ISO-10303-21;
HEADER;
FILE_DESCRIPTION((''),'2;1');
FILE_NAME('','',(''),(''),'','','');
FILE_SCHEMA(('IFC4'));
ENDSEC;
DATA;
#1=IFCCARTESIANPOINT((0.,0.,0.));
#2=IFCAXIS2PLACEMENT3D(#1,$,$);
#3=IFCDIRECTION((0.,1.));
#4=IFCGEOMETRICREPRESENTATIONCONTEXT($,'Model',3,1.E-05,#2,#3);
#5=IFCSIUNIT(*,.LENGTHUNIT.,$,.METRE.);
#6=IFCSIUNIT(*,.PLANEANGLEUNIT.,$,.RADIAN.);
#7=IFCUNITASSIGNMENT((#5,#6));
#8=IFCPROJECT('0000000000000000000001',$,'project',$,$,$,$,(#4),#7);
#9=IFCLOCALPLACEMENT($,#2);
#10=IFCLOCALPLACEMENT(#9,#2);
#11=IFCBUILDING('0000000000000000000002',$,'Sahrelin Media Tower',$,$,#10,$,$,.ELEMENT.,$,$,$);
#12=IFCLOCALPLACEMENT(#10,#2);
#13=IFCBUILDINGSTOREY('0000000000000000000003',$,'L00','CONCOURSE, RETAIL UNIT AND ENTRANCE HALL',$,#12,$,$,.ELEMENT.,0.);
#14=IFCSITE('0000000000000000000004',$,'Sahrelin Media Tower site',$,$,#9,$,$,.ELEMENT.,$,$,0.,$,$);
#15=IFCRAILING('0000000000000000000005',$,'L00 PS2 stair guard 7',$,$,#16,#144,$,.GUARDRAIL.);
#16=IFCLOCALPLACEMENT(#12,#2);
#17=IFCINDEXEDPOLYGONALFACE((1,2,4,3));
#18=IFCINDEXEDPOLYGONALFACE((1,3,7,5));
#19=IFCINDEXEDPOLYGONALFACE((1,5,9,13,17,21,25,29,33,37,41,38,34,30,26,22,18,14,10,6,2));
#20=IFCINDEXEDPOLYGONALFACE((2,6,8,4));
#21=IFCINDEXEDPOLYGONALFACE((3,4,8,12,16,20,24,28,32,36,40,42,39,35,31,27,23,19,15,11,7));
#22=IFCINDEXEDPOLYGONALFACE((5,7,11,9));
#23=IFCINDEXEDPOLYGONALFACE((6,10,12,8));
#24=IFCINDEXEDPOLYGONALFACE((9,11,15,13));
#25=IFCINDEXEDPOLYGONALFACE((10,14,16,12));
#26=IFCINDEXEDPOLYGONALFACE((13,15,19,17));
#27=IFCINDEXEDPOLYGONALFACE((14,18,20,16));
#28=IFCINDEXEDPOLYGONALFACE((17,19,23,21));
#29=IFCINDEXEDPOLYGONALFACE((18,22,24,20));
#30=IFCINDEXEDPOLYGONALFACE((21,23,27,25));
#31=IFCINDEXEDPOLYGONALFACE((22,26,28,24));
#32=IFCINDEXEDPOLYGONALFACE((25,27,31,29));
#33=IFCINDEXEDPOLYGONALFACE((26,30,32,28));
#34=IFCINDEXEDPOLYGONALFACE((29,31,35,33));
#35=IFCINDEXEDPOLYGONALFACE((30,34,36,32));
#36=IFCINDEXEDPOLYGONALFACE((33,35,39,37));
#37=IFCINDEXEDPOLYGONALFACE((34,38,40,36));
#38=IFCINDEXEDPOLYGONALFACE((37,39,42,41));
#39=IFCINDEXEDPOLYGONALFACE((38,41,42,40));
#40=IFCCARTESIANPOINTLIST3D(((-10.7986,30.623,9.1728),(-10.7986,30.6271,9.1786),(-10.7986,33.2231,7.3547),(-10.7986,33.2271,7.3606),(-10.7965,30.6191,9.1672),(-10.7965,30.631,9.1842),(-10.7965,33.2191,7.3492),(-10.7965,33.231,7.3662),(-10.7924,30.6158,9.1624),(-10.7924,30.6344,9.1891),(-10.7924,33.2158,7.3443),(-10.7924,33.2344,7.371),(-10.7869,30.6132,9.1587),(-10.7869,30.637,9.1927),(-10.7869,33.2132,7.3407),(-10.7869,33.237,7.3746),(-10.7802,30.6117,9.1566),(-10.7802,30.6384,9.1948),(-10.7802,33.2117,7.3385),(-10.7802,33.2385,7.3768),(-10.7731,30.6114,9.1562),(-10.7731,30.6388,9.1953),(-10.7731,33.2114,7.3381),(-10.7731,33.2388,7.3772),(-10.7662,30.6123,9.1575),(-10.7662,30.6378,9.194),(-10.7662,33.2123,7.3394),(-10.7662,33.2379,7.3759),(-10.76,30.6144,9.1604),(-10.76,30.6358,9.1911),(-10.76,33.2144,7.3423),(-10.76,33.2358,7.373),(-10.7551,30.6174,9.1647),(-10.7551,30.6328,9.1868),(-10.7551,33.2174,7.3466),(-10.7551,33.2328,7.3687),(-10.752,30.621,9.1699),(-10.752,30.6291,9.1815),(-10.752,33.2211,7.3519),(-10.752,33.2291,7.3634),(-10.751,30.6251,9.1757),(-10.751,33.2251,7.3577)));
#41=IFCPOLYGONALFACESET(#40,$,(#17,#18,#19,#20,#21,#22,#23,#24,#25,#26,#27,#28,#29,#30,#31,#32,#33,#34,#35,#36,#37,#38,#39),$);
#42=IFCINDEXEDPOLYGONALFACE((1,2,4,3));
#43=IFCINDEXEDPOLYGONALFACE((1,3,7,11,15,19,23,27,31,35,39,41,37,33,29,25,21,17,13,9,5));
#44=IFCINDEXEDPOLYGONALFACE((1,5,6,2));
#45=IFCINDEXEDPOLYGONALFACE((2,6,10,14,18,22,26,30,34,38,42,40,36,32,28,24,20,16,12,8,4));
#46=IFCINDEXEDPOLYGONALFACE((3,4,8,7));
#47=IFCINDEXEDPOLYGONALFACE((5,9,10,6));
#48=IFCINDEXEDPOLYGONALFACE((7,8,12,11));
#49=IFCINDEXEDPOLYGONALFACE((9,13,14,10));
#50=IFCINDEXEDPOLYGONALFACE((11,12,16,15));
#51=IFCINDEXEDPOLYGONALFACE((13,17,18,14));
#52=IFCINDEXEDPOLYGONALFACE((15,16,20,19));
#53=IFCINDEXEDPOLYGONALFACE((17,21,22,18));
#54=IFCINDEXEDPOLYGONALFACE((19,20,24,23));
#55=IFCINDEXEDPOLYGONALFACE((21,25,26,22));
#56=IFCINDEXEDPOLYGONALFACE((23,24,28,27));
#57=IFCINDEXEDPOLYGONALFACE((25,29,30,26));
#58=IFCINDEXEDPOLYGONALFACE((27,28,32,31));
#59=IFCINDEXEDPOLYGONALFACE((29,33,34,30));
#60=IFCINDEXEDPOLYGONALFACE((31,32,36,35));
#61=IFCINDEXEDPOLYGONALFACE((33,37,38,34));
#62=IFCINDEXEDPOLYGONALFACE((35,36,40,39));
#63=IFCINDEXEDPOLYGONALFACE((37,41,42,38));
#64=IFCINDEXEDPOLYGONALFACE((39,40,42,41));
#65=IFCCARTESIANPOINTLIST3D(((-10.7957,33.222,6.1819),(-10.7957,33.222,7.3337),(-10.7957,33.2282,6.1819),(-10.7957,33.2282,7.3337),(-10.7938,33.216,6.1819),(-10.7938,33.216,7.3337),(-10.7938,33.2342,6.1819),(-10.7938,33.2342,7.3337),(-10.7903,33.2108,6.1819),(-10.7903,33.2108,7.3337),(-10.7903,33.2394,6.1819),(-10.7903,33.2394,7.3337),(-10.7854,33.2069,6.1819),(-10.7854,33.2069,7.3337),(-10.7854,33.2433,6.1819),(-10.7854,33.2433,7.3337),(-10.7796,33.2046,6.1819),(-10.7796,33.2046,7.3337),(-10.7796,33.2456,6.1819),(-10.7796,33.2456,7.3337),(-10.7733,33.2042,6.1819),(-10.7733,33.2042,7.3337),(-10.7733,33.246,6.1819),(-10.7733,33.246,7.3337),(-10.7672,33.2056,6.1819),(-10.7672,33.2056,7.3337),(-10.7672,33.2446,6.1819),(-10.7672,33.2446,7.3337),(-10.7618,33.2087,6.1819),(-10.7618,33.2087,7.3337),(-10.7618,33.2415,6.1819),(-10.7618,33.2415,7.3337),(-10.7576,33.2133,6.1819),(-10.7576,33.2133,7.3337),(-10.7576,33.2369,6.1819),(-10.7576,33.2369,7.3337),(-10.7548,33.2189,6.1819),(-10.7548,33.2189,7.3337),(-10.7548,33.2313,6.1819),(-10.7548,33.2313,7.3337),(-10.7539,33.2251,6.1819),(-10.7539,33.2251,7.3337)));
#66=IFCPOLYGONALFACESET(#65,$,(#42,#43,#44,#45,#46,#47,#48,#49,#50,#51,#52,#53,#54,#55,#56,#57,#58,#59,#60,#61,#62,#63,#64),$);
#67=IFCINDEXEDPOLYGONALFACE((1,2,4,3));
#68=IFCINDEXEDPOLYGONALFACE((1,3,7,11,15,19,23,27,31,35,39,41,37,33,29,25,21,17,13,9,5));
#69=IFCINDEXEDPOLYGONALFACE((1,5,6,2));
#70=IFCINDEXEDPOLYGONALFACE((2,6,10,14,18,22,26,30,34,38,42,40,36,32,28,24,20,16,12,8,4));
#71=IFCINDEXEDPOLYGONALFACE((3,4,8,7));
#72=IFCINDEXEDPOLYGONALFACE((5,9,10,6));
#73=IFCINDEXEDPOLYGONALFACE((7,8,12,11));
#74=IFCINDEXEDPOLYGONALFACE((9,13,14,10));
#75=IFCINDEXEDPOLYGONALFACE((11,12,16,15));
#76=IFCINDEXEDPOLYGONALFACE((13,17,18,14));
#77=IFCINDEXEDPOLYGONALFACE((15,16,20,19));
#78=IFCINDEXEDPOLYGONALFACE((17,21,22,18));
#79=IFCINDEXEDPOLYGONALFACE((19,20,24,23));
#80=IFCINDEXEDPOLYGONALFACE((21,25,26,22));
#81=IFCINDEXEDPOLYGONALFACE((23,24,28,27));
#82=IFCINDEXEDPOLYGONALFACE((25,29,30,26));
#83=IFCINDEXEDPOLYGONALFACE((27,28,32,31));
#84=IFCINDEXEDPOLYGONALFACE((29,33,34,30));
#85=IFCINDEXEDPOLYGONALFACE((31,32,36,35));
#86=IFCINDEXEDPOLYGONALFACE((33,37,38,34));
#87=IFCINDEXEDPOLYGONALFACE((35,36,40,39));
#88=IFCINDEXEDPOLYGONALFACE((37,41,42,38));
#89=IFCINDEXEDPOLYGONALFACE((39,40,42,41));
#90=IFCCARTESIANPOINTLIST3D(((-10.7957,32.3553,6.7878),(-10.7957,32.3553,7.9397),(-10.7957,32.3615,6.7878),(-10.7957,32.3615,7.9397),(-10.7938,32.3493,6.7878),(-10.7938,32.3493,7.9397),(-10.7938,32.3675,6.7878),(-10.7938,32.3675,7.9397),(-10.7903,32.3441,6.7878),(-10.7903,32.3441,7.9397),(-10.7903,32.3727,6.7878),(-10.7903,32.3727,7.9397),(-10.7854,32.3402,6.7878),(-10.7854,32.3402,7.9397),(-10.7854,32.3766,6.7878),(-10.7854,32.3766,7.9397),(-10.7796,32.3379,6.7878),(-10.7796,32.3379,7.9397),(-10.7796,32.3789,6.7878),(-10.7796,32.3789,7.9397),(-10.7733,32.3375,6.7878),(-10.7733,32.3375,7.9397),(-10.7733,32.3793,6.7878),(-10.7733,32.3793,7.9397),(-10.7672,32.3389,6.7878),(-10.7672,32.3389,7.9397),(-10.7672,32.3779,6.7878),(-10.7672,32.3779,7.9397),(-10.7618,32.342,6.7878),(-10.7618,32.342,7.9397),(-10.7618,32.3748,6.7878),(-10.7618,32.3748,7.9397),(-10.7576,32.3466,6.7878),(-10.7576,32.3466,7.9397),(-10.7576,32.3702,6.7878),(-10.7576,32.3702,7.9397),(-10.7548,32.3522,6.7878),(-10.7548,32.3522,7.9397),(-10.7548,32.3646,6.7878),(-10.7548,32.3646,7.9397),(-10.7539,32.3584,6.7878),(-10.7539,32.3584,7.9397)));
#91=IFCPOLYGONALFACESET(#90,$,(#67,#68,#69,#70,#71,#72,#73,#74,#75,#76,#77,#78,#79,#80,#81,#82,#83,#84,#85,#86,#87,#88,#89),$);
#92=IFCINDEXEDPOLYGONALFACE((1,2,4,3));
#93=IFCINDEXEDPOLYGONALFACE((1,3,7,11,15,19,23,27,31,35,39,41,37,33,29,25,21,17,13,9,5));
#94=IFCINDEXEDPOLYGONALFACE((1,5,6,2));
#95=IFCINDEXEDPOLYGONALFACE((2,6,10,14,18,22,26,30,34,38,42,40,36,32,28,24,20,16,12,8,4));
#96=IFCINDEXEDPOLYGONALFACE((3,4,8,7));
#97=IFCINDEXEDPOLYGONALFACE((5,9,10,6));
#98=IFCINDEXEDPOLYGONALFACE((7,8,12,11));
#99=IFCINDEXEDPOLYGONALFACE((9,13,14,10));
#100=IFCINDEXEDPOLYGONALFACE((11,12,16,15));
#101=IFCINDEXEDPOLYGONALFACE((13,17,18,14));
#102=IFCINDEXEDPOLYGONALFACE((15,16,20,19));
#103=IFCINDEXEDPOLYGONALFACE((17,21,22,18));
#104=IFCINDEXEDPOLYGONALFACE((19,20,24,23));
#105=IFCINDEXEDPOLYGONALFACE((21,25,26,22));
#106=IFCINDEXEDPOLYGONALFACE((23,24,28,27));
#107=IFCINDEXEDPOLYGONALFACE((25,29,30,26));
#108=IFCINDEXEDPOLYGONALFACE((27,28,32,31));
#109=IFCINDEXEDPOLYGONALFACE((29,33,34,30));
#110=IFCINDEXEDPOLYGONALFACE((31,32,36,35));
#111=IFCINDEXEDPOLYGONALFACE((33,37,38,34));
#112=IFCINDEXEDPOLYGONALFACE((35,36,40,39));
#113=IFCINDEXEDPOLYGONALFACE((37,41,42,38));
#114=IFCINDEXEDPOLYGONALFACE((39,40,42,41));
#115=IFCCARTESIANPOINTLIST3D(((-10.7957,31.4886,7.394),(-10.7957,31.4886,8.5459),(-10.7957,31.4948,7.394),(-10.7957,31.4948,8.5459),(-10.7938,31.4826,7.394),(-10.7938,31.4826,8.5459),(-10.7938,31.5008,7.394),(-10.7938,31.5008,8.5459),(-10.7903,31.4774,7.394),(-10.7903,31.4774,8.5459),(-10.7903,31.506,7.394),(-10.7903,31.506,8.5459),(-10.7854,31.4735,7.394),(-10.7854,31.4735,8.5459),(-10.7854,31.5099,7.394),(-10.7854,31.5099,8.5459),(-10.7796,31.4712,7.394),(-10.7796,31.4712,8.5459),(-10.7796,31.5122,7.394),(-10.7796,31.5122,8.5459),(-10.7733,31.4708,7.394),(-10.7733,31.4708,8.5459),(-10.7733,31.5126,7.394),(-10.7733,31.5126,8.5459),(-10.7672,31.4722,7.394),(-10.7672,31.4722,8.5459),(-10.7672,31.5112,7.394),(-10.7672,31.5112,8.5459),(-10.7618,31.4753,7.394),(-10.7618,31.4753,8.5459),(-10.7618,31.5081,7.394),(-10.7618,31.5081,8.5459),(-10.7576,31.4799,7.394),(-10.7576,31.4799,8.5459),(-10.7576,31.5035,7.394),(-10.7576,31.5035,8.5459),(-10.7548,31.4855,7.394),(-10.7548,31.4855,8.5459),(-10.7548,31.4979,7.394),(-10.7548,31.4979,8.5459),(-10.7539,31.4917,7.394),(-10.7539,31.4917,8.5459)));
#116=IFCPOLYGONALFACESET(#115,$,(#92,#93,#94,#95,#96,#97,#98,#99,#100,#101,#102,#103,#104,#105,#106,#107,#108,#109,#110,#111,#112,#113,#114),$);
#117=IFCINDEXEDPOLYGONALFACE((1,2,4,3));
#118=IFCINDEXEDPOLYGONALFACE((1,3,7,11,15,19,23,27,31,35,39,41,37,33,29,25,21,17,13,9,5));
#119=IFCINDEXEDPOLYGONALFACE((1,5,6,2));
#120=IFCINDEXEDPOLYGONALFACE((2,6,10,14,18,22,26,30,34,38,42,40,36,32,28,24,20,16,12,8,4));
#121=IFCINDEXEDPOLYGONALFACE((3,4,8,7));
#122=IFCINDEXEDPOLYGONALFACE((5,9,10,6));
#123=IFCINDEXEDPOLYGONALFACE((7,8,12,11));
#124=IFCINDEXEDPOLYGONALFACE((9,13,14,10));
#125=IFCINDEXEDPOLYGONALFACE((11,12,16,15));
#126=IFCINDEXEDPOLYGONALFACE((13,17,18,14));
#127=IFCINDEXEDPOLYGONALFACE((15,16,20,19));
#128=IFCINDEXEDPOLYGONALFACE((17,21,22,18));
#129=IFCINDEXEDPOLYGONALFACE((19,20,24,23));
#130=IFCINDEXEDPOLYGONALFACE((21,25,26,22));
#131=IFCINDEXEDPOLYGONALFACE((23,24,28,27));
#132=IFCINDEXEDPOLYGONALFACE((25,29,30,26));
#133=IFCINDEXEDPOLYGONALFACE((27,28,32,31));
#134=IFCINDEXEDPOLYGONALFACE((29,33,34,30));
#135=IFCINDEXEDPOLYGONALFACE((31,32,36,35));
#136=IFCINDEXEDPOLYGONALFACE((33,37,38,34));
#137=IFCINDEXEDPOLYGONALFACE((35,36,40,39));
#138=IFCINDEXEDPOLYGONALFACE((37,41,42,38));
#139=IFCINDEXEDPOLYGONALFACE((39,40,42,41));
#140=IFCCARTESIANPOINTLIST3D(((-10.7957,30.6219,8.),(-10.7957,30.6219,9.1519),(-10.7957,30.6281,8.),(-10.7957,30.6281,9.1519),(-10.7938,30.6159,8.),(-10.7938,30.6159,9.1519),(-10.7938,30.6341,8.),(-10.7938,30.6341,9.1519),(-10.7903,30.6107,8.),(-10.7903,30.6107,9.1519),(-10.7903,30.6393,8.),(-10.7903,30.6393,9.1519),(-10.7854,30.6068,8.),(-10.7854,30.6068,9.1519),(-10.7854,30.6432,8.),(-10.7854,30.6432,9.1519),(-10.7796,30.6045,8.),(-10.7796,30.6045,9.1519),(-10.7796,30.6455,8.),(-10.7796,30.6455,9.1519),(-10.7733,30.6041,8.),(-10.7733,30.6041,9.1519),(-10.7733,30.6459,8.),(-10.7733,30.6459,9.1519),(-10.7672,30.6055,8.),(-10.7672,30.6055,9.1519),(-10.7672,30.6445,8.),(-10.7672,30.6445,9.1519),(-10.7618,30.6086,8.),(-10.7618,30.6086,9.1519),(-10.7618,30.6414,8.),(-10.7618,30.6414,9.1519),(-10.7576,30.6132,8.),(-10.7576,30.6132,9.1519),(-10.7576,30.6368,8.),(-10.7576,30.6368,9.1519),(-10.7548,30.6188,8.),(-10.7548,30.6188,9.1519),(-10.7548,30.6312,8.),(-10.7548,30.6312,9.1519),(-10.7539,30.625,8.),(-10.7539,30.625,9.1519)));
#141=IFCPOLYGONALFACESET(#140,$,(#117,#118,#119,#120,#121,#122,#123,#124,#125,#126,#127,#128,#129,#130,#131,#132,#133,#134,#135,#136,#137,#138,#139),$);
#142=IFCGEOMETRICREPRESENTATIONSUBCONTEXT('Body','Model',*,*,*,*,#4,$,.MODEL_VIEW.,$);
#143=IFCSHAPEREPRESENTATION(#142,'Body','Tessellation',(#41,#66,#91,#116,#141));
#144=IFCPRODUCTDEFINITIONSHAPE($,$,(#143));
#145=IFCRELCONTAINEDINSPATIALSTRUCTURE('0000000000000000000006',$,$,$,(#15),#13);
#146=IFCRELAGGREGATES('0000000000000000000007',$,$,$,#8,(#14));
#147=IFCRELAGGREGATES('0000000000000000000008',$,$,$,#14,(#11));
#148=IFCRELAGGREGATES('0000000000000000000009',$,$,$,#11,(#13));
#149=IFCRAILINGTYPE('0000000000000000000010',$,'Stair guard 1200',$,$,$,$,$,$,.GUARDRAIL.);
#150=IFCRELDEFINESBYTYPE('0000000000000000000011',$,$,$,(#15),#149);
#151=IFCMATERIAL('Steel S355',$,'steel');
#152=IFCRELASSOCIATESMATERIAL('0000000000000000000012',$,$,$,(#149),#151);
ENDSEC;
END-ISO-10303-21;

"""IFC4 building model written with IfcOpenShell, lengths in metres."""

from ifc_helpers import new_model, si_unit, direction, frame, origin, origin_2d, place, context, subcontext, project, spatial, circle, extrude, material, type_object, element, save


model = new_model("IFC4")

# Units and contexts
model_context = context("Model", 3, precision=1e-05, world=origin(), true_north=direction((0.0, 1.0)))
body_context = subcontext(model_context, "Body", "Model", "MODEL_VIEW")
ifc_project = project(units=[si_unit("LENGTHUNIT", "METRE"), si_unit("PLANEANGLEUNIT", "RADIAN")], contexts=[model_context])

# Site, building, storey
site_placement = place(None, origin())
site = spatial("IfcSite", under=ifc_project, at=site_placement, Name="Sahrelin Media Tower site", CompositionType="ELEMENT", RefElevation=0.0)
building_placement = place(site_placement, origin())
building = spatial("IfcBuilding", under=site, at=building_placement, Name="Sahrelin Media Tower", CompositionType="ELEMENT")
storey_placement = place(building_placement, origin())
storey = spatial("IfcBuildingStorey", under=building, at=storey_placement, Name="L00", Description="CONCOURSE, RETAIL UNIT AND ENTRANCE HALL", CompositionType="ELEMENT", Elevation=0.0)

# Shared definitions
ifc_material_1 = material(Name="Steel S355", Category="steel")

# Railing
railing_type = type_object("IfcRailingType", Name="Stair guard 1200", PredefinedType="GUARDRAIL", material=ifc_material_1)
railing_1_placement = place(storey_placement, frame((-10.7749, 33.2251, 6.1819)))
element("IfcRailing", 1, at=railing_1_placement, inside=storey, type_object=railing_type, Name="L00 PS2 stair guard 7", PredefinedType="GUARDRAIL", context=body_context, shape_type="SweptSolid", body=[
    extrude(circle(Radius=0.0239, at=origin_2d()), frame((0.0, 0.0, 1.1758), z_axis=(0.0, -0.819521, 0.573049), x_axis=(1.0, 0.0, 0.0)), (0.0, 0.0, 1.0), 3.1726),
    extrude(circle(Radius=0.021, at=origin_2d()), origin(), (0.0, 0.0, 1.0), 1.1519),
    extrude(circle(Radius=0.021, at=origin_2d()), frame((0.0, -0.8667, 0.606)), (0.0, 0.0, 1.0), 1.1519),
    extrude(circle(Radius=0.021, at=origin_2d()), frame((0.0, -1.7334, 1.2122)), (0.0, 0.0, 1.0), 1.1519),
    extrude(circle(Radius=0.021, at=origin_2d()), frame((0.0, -2.6001, 1.8181)), (0.0, 0.0, 1.0), 1.1519),
])

save(model, "model.ifc")
